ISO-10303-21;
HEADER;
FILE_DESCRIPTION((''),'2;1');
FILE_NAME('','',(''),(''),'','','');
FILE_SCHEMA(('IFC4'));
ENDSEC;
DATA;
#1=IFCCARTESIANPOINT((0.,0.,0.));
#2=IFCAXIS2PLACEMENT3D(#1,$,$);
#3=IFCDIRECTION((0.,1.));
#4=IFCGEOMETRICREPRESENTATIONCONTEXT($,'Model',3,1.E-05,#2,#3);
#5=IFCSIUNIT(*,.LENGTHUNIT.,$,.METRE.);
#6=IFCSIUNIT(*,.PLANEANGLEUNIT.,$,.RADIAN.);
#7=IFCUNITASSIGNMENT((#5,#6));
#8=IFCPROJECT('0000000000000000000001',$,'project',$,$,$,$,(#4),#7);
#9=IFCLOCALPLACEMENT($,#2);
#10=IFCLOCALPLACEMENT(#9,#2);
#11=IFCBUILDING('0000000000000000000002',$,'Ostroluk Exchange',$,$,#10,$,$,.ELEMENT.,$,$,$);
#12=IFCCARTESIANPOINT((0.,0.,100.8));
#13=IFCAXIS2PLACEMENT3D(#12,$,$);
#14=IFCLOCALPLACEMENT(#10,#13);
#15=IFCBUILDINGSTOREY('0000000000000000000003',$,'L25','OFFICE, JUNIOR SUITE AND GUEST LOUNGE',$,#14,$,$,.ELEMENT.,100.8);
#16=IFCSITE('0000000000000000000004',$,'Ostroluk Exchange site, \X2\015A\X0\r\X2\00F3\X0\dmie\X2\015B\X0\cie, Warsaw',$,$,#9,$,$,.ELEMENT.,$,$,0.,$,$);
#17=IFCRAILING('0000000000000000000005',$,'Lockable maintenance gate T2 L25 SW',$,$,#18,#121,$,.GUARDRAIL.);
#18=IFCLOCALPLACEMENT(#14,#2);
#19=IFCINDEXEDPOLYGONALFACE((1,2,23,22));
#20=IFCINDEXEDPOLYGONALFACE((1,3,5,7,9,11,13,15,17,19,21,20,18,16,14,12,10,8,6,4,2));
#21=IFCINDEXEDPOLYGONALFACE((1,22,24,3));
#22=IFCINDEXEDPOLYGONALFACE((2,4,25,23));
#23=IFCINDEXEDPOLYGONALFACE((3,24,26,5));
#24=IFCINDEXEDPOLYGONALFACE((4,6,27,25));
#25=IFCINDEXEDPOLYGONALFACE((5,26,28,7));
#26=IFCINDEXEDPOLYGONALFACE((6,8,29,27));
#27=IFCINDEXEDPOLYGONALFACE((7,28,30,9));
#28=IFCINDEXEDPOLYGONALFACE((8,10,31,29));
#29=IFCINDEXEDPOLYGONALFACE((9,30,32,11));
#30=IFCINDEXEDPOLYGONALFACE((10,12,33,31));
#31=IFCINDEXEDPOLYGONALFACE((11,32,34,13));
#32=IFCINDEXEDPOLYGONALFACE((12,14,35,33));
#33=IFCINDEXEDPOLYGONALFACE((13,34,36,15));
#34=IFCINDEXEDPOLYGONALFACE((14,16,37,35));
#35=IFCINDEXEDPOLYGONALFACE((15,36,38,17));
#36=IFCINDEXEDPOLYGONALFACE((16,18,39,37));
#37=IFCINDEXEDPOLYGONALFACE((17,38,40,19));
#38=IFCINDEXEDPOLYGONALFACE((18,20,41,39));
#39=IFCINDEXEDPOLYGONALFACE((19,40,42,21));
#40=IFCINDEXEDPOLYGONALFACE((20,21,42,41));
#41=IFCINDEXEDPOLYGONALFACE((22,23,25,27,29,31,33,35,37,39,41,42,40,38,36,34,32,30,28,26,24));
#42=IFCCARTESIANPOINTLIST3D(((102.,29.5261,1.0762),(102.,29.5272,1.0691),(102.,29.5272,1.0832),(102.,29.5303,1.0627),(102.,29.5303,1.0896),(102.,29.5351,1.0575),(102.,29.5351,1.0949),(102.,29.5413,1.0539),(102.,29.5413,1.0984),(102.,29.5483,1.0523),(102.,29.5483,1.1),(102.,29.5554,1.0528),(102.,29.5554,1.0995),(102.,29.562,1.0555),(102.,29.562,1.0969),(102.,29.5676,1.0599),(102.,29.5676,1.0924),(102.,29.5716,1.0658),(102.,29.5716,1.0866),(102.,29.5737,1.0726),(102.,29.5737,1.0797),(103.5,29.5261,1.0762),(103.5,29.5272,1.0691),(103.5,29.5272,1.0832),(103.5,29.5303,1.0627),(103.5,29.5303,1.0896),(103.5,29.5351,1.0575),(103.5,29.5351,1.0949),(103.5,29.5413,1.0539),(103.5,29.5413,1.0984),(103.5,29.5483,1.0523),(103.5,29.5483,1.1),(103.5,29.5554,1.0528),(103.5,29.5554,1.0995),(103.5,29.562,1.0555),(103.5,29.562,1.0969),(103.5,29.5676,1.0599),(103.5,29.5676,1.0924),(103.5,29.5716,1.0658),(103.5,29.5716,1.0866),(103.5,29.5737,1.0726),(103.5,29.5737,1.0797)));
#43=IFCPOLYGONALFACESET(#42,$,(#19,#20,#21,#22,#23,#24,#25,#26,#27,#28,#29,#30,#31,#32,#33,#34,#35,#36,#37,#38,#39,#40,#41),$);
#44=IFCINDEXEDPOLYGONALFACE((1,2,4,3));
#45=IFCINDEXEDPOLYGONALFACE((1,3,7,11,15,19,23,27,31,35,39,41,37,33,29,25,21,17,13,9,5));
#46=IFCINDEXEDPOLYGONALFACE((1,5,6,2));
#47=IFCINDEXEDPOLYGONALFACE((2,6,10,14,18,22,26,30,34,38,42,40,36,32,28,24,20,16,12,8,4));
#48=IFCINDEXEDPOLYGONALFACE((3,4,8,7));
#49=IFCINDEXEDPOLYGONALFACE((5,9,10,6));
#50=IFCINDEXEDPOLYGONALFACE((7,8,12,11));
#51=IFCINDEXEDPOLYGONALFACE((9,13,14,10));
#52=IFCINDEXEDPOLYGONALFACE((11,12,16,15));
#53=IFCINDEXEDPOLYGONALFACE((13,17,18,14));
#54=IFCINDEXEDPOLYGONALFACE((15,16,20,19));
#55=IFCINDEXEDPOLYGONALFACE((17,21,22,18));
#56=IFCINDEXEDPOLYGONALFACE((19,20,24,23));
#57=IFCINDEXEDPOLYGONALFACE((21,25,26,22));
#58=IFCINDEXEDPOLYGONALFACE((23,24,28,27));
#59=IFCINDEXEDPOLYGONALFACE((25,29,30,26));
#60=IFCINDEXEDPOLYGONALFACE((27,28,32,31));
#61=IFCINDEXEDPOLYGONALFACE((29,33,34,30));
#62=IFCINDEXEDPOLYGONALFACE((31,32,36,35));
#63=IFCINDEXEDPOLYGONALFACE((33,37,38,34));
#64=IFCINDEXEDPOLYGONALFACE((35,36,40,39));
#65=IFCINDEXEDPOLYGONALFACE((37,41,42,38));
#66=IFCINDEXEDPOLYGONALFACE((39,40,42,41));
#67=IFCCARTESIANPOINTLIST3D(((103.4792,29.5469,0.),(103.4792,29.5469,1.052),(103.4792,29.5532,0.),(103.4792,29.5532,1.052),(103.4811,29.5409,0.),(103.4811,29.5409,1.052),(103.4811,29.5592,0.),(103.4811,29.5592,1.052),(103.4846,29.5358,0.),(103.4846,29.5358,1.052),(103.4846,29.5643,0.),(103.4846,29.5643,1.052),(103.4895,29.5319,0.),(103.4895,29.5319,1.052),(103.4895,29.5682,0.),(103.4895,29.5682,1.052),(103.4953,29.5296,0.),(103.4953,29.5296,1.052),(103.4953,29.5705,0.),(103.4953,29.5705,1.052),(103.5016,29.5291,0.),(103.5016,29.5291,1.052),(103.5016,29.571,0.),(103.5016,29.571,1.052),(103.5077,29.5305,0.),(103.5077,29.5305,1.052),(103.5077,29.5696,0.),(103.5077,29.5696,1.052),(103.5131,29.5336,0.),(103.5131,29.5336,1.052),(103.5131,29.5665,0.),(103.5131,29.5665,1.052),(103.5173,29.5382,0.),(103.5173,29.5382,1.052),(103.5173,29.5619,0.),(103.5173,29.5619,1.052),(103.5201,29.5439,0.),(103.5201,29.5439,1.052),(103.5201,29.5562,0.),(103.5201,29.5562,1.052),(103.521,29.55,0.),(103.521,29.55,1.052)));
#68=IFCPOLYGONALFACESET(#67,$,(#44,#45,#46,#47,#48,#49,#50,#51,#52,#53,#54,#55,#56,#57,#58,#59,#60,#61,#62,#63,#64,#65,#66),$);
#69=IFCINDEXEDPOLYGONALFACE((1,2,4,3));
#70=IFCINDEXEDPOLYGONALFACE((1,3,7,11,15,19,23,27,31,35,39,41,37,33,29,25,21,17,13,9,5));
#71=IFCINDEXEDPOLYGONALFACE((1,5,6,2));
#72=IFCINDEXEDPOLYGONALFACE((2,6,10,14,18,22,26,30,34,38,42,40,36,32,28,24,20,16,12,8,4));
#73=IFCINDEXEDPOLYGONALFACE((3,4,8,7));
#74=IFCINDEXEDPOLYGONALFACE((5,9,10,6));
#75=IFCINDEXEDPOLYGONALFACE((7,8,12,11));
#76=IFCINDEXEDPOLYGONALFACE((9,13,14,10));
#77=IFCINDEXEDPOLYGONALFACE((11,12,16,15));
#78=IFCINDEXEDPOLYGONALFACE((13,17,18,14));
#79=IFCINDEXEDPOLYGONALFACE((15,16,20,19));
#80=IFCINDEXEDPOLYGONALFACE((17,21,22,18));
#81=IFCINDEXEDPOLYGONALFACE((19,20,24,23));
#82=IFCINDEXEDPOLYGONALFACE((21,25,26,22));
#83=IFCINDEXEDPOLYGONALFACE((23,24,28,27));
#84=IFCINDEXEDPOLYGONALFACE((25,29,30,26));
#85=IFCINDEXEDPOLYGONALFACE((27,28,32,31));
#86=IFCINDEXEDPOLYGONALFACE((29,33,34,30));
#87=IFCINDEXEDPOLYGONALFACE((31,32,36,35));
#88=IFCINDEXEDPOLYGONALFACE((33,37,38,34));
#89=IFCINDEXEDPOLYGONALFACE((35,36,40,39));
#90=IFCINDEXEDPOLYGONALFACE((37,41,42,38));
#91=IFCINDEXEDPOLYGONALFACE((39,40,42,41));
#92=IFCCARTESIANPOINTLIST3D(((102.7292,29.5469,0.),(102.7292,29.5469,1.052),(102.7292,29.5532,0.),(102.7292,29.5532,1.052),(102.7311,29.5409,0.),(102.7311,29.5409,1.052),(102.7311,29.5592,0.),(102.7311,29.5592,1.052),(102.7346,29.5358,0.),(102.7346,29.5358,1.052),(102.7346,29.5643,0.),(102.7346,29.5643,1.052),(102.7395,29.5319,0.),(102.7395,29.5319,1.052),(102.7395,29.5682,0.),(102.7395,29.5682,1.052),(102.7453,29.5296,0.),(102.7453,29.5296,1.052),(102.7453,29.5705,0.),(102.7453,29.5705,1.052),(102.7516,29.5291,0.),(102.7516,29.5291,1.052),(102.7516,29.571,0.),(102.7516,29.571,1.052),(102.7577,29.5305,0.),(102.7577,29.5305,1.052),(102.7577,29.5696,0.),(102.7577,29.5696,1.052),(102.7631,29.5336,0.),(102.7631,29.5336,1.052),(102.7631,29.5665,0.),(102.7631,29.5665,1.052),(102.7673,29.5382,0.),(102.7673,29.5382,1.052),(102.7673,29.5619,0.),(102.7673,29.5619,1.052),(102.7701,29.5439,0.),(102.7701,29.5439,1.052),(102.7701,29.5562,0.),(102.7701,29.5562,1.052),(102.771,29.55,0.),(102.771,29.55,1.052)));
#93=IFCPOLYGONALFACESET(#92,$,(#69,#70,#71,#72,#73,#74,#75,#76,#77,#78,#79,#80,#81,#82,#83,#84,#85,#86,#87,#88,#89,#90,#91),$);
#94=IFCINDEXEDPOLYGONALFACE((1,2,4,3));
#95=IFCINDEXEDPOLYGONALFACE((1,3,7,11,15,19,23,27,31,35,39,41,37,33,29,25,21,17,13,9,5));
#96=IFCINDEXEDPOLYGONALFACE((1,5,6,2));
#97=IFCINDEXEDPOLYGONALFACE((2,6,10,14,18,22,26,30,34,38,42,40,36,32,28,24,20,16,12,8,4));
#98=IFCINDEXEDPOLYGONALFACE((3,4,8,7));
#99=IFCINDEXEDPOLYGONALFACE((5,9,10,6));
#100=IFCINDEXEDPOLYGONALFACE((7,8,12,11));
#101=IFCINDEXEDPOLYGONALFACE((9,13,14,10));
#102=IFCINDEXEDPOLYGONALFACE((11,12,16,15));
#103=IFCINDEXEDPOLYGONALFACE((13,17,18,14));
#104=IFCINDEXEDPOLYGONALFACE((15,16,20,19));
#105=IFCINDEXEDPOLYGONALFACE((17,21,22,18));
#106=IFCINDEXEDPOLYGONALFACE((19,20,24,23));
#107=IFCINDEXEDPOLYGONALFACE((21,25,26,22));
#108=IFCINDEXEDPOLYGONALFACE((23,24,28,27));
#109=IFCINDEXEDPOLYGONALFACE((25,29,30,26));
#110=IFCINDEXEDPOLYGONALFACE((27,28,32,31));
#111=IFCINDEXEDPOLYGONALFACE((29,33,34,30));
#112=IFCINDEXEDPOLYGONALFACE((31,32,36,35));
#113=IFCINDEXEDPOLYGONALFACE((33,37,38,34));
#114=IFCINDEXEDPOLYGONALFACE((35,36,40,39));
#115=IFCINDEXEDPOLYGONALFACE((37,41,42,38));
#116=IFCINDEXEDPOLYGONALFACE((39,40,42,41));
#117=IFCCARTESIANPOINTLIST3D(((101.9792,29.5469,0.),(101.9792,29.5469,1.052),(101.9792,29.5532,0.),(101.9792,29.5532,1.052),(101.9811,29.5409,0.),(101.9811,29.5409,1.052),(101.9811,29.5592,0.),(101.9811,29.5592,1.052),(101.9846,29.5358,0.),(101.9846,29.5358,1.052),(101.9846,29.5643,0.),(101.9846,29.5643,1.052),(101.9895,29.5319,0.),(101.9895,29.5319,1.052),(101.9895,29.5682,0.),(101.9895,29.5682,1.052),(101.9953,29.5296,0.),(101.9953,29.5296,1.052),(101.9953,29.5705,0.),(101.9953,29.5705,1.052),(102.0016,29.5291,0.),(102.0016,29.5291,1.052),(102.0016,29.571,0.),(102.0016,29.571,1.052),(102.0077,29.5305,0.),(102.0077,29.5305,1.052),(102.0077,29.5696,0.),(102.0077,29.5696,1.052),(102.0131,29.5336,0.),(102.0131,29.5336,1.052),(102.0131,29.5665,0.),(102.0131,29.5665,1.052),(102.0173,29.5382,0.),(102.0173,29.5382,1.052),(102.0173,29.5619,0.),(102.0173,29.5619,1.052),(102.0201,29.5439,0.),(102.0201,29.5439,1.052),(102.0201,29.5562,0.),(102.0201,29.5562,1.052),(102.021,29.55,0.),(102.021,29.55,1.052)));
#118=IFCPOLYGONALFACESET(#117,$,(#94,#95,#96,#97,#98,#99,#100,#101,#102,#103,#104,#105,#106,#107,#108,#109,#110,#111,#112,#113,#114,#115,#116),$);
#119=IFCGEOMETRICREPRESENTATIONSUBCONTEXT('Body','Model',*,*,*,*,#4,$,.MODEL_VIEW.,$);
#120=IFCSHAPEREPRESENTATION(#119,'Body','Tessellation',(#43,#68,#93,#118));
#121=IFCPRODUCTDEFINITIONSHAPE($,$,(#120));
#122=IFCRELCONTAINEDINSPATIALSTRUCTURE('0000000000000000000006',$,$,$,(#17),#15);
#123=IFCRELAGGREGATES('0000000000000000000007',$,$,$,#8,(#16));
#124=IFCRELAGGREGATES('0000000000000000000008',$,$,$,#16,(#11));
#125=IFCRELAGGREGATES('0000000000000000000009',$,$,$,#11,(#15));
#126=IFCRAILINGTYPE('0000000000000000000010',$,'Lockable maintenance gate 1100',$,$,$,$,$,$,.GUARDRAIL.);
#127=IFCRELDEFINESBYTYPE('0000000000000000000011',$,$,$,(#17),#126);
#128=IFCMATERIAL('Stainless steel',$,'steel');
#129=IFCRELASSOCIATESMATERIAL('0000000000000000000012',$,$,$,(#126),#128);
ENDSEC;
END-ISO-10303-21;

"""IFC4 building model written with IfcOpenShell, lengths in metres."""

from ifc_helpers import new_model, si_unit, direction, frame, origin, origin_2d, place, context, subcontext, project, spatial, circle, extrude, material, type_object, element, save


model = new_model("IFC4")

# Units and contexts
model_context = context("Model", 3, precision=1e-05, world=origin(), true_north=direction((0.0, 1.0)))
body_context = subcontext(model_context, "Body", "Model", "MODEL_VIEW")
ifc_project = project(units=[si_unit("LENGTHUNIT", "METRE"), si_unit("PLANEANGLEUNIT", "RADIAN")], contexts=[model_context])

# Site, building, storey
site_placement = place(None, origin())
site = spatial("IfcSite", under=ifc_project, at=site_placement, Name="Ostroluk Exchange site, Śródmieście, Warsaw", CompositionType="ELEMENT", RefElevation=0.0)
building_placement = place(site_placement, origin())
building = spatial("IfcBuilding", under=site, at=building_placement, Name="Ostroluk Exchange", CompositionType="ELEMENT")
storey_placement = place(building_placement, frame((0.0, 0.0, 100.8)))
storey = spatial("IfcBuildingStorey", under=building, at=storey_placement, Name="L25", Description="OFFICE, JUNIOR SUITE AND GUEST LOUNGE", CompositionType="ELEMENT", Elevation=100.8)

# Railing
ifc_material_1 = material(Name="Stainless steel", Category="steel")
railing_type_1 = type_object("IfcRailingType", Name="Lockable maintenance gate 1100", PredefinedType="GUARDRAIL", material=ifc_material_1)
railing_1_placement = place(storey_placement, frame((103.5, 29.55, 0.0)))
element("IfcRailing", 1, at=railing_1_placement, inside=storey, type_object=railing_type_1, Name="Lockable maintenance gate T2 L25 SW", PredefinedType="GUARDRAIL", context=body_context, shape_type="SweptSolid", body=[
    extrude(circle(Radius=0.0239, at=origin_2d()), frame((0.0, 0.0, 1.0762), z_axis=(-1.0, 0.0, 0.0), x_axis=(0.0, -1.0, 0.0)), (0.0, 0.0, 1.0), 1.5),
    extrude(circle(Radius=0.021, at=origin_2d()), origin(), (0.0, 0.0, 1.0), 1.052),
    extrude(circle(Radius=0.021, at=origin_2d()), frame((-0.75, 0.0, 0.0)), (0.0, 0.0, 1.0), 1.052),
    extrude(circle(Radius=0.021, at=origin_2d()), frame((-1.5, 0.0, 0.0)), (0.0, 0.0, 1.0), 1.052),
])

save(model, "model.ifc")
